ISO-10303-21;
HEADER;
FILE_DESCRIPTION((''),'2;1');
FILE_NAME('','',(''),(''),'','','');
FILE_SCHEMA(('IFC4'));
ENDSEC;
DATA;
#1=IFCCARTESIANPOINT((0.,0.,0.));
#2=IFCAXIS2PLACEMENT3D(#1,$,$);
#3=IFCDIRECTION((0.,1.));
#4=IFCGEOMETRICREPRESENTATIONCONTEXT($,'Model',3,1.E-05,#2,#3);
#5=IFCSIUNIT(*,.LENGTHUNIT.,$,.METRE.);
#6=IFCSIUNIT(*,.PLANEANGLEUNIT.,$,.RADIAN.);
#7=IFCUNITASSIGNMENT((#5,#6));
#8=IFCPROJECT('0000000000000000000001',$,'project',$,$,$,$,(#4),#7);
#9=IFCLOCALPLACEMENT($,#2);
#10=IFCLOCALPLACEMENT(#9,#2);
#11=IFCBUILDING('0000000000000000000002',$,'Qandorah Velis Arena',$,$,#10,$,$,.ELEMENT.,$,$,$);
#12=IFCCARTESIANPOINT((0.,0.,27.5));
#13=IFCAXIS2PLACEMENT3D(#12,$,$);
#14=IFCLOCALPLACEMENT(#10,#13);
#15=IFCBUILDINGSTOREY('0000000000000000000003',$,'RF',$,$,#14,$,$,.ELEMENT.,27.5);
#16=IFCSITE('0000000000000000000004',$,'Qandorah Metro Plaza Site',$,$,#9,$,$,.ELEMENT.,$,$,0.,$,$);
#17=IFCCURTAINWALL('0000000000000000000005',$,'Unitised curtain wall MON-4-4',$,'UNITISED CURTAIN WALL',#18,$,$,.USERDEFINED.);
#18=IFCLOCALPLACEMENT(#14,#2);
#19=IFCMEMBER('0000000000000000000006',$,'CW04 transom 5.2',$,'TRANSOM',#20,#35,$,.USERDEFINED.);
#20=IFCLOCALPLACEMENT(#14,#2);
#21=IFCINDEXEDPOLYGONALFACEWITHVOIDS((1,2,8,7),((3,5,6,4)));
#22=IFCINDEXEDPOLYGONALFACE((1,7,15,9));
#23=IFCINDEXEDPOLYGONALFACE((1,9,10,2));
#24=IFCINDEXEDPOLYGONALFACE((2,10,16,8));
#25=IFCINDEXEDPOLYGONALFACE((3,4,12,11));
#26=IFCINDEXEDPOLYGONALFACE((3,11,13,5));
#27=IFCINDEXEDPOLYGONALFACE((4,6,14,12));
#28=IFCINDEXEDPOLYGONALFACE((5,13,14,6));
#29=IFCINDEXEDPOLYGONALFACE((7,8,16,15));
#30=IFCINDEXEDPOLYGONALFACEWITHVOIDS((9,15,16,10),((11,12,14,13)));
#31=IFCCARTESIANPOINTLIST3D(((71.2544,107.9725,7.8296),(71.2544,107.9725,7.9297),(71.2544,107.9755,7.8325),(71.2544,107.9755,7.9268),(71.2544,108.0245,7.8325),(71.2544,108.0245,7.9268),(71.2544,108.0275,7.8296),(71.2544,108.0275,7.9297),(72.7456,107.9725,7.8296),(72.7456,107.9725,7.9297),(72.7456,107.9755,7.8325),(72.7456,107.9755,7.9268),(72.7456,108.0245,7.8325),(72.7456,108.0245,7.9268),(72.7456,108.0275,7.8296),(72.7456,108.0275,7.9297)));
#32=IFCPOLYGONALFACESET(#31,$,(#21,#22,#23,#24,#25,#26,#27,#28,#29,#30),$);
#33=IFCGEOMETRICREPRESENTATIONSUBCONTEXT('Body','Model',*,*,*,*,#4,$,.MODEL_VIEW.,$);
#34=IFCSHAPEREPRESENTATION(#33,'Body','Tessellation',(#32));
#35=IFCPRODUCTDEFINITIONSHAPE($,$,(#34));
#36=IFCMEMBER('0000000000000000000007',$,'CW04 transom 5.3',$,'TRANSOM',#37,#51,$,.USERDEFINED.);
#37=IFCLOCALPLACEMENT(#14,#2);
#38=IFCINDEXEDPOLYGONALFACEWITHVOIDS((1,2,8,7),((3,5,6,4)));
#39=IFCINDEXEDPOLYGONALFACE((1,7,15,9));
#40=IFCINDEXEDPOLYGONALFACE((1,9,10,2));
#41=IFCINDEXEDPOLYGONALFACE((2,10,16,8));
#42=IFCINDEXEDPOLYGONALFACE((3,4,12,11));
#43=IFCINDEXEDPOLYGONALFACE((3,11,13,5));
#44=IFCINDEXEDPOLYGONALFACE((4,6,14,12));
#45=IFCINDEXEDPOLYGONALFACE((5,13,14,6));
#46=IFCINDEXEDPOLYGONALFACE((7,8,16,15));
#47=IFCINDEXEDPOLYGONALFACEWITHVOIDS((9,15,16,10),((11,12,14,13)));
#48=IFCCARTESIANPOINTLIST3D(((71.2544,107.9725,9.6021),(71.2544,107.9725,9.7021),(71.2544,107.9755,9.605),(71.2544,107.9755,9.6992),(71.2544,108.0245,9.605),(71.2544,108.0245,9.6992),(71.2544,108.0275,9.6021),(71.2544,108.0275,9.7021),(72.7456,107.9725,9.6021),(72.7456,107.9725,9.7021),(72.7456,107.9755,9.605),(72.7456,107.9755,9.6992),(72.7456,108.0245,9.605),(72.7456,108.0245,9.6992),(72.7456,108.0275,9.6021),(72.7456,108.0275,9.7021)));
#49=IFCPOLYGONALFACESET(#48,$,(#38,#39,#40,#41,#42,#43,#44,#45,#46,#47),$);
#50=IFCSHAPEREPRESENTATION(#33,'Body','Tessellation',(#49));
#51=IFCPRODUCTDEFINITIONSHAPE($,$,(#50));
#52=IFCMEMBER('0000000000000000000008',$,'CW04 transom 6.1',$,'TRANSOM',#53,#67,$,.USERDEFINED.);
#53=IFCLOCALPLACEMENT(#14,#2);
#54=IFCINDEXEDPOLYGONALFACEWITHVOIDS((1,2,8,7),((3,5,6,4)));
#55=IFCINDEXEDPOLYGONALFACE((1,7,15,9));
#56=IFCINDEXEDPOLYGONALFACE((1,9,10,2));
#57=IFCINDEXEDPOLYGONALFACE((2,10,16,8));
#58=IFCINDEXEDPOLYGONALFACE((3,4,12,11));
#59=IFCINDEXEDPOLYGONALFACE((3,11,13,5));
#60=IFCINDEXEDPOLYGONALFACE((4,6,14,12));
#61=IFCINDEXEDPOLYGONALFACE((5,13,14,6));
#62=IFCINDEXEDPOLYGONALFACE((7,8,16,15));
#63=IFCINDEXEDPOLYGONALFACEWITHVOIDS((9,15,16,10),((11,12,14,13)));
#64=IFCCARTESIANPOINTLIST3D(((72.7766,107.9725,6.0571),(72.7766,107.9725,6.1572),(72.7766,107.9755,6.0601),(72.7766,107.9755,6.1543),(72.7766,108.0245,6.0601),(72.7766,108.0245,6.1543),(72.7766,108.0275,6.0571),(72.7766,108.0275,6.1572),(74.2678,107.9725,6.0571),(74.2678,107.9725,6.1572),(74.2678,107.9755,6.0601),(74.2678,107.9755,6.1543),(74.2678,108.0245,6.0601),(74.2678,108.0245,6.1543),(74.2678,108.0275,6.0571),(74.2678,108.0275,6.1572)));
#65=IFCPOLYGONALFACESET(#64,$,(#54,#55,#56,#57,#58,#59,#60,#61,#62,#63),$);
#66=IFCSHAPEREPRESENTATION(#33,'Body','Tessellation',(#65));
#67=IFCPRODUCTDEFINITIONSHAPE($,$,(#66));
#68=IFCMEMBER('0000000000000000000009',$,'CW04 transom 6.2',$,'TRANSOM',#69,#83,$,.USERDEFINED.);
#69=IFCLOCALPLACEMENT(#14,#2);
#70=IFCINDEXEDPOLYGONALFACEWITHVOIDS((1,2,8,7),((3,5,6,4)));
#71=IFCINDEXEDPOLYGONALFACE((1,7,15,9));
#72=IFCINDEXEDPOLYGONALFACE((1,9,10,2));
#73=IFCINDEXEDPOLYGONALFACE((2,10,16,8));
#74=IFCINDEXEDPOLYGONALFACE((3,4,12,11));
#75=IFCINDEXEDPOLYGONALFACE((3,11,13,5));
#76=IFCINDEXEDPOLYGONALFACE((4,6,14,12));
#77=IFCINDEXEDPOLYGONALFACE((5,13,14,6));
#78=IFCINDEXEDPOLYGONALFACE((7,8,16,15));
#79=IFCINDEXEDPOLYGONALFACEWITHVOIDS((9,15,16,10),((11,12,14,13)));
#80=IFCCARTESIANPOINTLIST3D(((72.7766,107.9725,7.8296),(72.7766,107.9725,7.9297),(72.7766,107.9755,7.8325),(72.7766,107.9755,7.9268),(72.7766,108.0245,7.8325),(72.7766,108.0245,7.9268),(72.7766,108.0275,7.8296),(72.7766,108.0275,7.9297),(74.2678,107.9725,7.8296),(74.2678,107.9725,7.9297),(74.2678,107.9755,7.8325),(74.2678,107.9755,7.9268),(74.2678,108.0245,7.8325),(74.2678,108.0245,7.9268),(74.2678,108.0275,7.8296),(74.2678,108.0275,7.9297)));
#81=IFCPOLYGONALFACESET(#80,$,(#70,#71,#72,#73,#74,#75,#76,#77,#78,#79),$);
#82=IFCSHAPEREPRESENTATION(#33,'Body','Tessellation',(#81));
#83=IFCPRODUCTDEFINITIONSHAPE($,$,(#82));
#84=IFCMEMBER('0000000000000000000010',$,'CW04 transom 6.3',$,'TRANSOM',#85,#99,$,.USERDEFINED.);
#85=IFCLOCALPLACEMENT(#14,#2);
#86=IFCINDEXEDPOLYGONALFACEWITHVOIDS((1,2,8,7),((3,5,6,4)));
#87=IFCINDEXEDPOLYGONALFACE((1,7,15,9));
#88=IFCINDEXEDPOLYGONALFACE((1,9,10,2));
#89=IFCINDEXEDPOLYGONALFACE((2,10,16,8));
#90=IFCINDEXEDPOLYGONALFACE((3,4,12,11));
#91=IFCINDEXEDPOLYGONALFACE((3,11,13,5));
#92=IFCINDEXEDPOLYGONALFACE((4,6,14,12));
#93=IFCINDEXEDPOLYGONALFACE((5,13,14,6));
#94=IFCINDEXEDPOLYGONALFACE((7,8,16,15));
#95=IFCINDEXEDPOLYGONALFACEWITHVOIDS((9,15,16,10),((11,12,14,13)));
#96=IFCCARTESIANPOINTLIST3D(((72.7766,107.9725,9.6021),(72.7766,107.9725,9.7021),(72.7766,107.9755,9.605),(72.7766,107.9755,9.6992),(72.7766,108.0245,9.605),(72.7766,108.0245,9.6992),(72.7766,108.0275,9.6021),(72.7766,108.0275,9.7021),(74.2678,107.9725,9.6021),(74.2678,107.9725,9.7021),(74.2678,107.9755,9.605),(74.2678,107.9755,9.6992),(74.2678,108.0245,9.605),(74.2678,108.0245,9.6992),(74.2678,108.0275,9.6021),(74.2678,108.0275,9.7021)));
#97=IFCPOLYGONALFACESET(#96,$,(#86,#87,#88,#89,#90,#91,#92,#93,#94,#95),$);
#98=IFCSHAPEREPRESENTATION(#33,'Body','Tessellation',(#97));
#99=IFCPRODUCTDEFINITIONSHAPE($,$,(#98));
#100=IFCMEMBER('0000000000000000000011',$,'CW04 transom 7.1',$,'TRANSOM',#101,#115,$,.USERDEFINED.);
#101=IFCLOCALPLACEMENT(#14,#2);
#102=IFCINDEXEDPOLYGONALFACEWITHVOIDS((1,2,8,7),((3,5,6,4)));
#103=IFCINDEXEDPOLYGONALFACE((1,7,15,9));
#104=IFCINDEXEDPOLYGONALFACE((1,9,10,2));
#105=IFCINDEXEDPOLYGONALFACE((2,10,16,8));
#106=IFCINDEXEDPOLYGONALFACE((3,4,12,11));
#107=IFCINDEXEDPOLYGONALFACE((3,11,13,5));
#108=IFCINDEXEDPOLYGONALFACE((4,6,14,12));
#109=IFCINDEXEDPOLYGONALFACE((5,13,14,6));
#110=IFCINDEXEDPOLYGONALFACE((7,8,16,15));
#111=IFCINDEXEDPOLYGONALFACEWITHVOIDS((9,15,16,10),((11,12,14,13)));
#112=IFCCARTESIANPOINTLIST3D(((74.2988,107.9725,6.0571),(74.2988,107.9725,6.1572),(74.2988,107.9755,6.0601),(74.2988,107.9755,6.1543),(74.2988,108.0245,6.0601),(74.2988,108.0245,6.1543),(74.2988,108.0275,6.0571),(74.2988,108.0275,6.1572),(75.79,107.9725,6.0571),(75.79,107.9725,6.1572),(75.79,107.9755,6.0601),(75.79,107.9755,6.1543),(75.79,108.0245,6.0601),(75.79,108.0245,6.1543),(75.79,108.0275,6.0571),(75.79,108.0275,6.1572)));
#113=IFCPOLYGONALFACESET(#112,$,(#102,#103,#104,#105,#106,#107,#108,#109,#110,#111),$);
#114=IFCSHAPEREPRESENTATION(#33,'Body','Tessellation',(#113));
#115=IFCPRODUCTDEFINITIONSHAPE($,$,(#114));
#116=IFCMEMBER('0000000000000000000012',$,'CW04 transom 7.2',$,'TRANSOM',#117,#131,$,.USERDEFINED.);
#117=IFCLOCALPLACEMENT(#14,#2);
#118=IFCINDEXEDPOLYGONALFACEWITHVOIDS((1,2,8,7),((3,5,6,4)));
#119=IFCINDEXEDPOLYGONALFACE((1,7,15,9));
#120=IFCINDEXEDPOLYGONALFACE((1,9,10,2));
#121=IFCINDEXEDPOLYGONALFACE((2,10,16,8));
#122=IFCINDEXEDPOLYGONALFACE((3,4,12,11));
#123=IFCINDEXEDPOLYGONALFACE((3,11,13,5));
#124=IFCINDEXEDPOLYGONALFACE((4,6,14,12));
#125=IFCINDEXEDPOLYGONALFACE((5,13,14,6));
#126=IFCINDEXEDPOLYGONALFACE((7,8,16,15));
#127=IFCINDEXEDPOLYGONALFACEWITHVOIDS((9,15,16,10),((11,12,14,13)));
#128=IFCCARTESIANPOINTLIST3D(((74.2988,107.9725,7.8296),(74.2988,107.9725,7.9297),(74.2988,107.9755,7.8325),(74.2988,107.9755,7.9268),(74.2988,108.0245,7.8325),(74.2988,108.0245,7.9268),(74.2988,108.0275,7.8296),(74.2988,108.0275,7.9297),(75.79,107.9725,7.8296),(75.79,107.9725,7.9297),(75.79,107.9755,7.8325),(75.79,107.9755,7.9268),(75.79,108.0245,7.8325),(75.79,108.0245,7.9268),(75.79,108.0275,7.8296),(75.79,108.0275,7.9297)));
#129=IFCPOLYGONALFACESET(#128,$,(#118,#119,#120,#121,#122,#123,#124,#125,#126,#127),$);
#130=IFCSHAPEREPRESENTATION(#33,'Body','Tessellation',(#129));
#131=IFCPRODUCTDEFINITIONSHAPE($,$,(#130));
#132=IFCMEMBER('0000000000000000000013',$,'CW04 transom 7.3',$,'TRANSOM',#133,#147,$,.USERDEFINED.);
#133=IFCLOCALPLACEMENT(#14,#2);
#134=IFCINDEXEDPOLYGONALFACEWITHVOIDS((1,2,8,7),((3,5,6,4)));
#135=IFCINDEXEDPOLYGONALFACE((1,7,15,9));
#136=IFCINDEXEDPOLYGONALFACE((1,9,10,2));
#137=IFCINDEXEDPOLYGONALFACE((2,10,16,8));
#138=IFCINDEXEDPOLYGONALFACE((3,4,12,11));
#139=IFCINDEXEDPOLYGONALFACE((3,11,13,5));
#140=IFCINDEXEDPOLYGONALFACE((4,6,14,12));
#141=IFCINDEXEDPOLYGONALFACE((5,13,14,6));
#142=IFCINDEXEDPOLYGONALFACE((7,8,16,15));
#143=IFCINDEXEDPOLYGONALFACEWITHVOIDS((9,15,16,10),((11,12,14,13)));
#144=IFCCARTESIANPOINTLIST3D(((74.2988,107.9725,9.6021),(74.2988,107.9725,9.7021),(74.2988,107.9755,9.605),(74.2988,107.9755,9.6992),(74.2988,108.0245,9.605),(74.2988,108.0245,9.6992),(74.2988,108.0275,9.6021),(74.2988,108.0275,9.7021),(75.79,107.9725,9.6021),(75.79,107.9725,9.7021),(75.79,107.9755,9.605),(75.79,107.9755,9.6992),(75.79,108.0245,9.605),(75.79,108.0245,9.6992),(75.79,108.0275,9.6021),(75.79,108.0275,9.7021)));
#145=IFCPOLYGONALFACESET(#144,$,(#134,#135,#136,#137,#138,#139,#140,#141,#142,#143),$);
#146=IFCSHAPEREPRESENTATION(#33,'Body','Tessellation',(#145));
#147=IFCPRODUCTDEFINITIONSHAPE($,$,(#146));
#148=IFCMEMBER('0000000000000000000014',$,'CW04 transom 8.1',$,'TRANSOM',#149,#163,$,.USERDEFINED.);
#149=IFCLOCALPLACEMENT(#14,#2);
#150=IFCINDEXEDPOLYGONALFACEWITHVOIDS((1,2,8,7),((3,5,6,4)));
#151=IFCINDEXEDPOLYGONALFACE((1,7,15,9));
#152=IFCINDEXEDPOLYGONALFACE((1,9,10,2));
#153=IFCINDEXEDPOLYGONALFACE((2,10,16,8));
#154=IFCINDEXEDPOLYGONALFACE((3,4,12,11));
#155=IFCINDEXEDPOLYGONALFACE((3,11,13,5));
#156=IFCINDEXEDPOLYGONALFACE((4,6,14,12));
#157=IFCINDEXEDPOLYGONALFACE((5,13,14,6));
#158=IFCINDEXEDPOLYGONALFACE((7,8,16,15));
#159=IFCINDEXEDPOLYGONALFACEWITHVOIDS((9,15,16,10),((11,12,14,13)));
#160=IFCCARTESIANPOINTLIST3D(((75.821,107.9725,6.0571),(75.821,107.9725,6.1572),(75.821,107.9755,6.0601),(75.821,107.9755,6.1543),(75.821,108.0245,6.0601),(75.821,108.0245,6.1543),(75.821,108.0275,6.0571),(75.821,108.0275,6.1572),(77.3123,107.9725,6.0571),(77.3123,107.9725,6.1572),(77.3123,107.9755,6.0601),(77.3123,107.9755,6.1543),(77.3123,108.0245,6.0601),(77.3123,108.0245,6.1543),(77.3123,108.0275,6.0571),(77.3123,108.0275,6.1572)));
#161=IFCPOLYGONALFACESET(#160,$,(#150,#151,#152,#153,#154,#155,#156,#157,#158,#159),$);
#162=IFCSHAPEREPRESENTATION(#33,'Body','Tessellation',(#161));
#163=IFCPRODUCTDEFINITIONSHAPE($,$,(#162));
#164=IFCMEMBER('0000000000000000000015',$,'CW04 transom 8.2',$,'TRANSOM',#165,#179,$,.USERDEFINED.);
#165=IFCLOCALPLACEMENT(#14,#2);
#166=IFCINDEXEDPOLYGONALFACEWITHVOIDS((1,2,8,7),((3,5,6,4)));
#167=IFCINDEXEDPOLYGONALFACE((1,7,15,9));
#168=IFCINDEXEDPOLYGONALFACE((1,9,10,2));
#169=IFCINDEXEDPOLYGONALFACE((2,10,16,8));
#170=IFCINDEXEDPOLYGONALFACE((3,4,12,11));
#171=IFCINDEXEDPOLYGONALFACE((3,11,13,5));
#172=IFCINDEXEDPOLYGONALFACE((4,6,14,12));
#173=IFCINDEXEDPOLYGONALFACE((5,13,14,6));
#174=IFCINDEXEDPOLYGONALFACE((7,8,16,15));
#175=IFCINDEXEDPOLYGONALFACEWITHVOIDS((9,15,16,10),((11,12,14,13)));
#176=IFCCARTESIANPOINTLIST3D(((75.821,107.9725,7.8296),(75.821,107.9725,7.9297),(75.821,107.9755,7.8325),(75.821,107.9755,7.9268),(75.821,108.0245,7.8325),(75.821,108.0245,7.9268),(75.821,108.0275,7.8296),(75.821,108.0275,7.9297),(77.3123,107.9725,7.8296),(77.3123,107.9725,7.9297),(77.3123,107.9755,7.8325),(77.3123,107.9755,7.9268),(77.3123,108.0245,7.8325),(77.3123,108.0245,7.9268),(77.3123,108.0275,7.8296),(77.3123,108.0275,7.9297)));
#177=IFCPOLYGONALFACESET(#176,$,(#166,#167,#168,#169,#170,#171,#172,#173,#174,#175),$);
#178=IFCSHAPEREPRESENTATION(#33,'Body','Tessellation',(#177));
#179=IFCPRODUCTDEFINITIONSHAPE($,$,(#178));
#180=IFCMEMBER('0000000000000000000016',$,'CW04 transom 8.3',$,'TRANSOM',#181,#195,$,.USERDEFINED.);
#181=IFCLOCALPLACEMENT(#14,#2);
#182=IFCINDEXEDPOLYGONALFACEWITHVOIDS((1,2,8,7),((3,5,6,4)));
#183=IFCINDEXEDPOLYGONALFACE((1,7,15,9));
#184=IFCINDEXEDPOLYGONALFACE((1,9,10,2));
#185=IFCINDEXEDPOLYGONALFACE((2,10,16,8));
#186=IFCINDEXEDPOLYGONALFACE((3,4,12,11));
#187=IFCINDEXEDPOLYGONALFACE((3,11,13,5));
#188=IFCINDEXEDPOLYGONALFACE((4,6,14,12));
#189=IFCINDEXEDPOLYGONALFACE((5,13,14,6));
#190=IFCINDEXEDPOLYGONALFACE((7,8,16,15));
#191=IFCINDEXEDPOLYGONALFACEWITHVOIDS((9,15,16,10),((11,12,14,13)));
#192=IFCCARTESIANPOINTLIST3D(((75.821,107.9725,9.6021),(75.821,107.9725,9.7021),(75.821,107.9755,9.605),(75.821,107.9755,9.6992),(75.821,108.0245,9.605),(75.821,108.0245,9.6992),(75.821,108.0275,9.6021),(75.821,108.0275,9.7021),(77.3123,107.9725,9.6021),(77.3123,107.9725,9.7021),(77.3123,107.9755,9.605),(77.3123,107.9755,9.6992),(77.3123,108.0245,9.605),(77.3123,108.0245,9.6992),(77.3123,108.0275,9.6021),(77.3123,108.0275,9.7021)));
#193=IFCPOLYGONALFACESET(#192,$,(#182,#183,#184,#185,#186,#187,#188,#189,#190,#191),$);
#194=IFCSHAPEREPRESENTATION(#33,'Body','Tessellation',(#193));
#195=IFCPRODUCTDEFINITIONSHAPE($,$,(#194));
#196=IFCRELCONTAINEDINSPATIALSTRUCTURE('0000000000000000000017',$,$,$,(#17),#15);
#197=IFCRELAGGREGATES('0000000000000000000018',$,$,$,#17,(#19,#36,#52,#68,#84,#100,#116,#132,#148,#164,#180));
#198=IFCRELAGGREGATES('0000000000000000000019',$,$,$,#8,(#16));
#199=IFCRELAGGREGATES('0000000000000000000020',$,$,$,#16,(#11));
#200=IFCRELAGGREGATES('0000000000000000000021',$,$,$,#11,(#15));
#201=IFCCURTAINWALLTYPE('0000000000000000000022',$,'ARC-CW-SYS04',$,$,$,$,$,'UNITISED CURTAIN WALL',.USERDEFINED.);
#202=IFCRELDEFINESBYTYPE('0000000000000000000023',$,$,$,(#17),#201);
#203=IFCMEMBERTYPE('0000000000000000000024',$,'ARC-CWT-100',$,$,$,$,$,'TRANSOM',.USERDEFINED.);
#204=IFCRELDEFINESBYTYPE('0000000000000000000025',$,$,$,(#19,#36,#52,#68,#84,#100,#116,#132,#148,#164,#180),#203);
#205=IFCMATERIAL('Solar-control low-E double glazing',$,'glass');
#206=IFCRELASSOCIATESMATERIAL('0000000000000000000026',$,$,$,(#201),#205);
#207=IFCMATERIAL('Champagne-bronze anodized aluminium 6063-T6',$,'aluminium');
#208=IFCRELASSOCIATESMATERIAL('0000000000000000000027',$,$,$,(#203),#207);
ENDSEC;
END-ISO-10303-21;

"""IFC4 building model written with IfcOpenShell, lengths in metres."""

from ifc_helpers import new_model, si_unit, direction, frame, origin, origin_2d, place, context, subcontext, project, spatial, hollow_rectangle, extrude, material, material_profile, profile_set, type_object, element, aggregate, save


model = new_model("IFC4")

# Units and contexts
model_context = context("Model", 3, precision=1e-05, world=origin(), true_north=direction((0.0, 1.0)))
body_context = subcontext(model_context, "Body", "Model", "MODEL_VIEW")
ifc_project = project(units=[si_unit("LENGTHUNIT", "METRE"), si_unit("PLANEANGLEUNIT", "RADIAN")], contexts=[model_context])

# Site, building, storey
site_placement = place(None, origin())
site = spatial("IfcSite", under=ifc_project, at=site_placement, Name="Qandorah Metro Plaza Site", CompositionType="ELEMENT", RefElevation=0.0)
building_placement = place(site_placement, origin())
building = spatial("IfcBuilding", under=site, at=building_placement, Name="Qandorah Velis Arena", CompositionType="ELEMENT")
storey_placement = place(building_placement, frame((0.0, 0.0, 27.5)))
storey = spatial("IfcBuildingStorey", under=building, at=storey_placement, Name="RF", CompositionType="ELEMENT", Elevation=27.5)

# Curtain wall, members
ifc_material_1 = material(Name="Solar-control low-E double glazing", Category="glass")
curtain_wall_type = type_object("IfcCurtainWallType", Name="ARC-CW-SYS04", ElementType="UNITISED CURTAIN WALL", PredefinedType="USERDEFINED", material=ifc_material_1)
curtain_wall_placement = place(storey_placement, origin())
curtain_wall = element("IfcCurtainWall", 1, at=curtain_wall_placement, inside=storey, type_object=curtain_wall_type, Name="Unitised curtain wall MON-4-4", ObjectType="UNITISED CURTAIN WALL", PredefinedType="USERDEFINED")
ifc_material_2 = material(Name="Champagne-bronze anodized aluminium 6063-T6", Category="aluminium")
ifc_material_profile_1 = material_profile(ifc_material_2, hollow_rectangle(XDim=0.0549, YDim=0.1001, WallThickness=0.0029, at=origin_2d()), Name="ALU TRANSOM 55x100")
ifc_profile_set_1 = profile_set([ifc_material_profile_1], Name="Champagne-bronze anodized aluminium 6063-T6")
member_type_1 = type_object("IfcMemberType", Name="ARC-CWT-100", ElementType="TRANSOM", PredefinedType="USERDEFINED", material=ifc_profile_set_1)
member_1_placement = place(storey_placement, frame((71.2544, 108.0, 7.8796), z_axis=(1.0, 0.0, 0.0), x_axis=(0.0, 1.0, 0.0)))
member_1 = element("IfcMember", 2, at=member_1_placement, type_object=member_type_1, Name="CW04 transom 5.2", ObjectType="TRANSOM", PredefinedType="USERDEFINED", context=body_context, shape_type="SweptSolid", body=[
    extrude(hollow_rectangle(XDim=0.0549, YDim=0.1001, WallThickness=0.0029, at=origin_2d()), origin(), (0.0, 0.0, 1.0), 1.4912),
])
member_2_placement = place(storey_placement, frame((71.2544, 108.0, 9.6521), z_axis=(1.0, 0.0, 0.0), x_axis=(0.0, 1.0, 0.0)))
member_2 = element("IfcMember", 3, at=member_2_placement, type_object=member_type_1, Name="CW04 transom 5.3", ObjectType="TRANSOM", PredefinedType="USERDEFINED", context=body_context, shape_type="SweptSolid", body=[
    extrude(hollow_rectangle(XDim=0.0549, YDim=0.1001, WallThickness=0.0029, at=origin_2d()), origin(), (0.0, 0.0, 1.0), 1.4912),
])
member_3_placement = place(storey_placement, frame((72.7766, 108.0, 6.1072), z_axis=(1.0, 0.0, 0.0), x_axis=(0.0, 1.0, 0.0)))
member_3 = element("IfcMember", 4, at=member_3_placement, type_object=member_type_1, Name="CW04 transom 6.1", ObjectType="TRANSOM", PredefinedType="USERDEFINED", context=body_context, shape_type="SweptSolid", body=[
    extrude(hollow_rectangle(XDim=0.0549, YDim=0.1001, WallThickness=0.0029, at=origin_2d()), origin(), (0.0, 0.0, 1.0), 1.4912),
])
member_4_placement = place(storey_placement, frame((72.7766, 108.0, 7.8796), z_axis=(1.0, 0.0, 0.0), x_axis=(0.0, 1.0, 0.0)))
member_4 = element("IfcMember", 5, at=member_4_placement, type_object=member_type_1, Name="CW04 transom 6.2", ObjectType="TRANSOM", PredefinedType="USERDEFINED", context=body_context, shape_type="SweptSolid", body=[
    extrude(hollow_rectangle(XDim=0.0549, YDim=0.1001, WallThickness=0.0029, at=origin_2d()), origin(), (0.0, 0.0, 1.0), 1.4912),
])
member_5_placement = place(storey_placement, frame((72.7766, 108.0, 9.6521), z_axis=(1.0, 0.0, 0.0), x_axis=(0.0, 1.0, 0.0)))
member_5 = element("IfcMember", 6, at=member_5_placement, type_object=member_type_1, Name="CW04 transom 6.3", ObjectType="TRANSOM", PredefinedType="USERDEFINED", context=body_context, shape_type="SweptSolid", body=[
    extrude(hollow_rectangle(XDim=0.0549, YDim=0.1001, WallThickness=0.0029, at=origin_2d()), origin(), (0.0, 0.0, 1.0), 1.4912),
])
member_6_placement = place(storey_placement, frame((74.2988, 108.0, 6.1072), z_axis=(1.0, 0.0, 0.0), x_axis=(0.0, 1.0, 0.0)))
member_6 = element("IfcMember", 7, at=member_6_placement, type_object=member_type_1, Name="CW04 transom 7.1", ObjectType="TRANSOM", PredefinedType="USERDEFINED", context=body_context, shape_type="SweptSolid", body=[
    extrude(hollow_rectangle(XDim=0.0549, YDim=0.1001, WallThickness=0.0029, at=origin_2d()), origin(), (0.0, 0.0, 1.0), 1.4912),
])
member_7_placement = place(storey_placement, frame((74.2988, 108.0, 7.8796), z_axis=(1.0, 0.0, 0.0), x_axis=(0.0, 1.0, 0.0)))
member_7 = element("IfcMember", 8, at=member_7_placement, type_object=member_type_1, Name="CW04 transom 7.2", ObjectType="TRANSOM", PredefinedType="USERDEFINED", context=body_context, shape_type="SweptSolid", body=[
    extrude(hollow_rectangle(XDim=0.0549, YDim=0.1001, WallThickness=0.0029, at=origin_2d()), origin(), (0.0, 0.0, 1.0), 1.4912),
])
member_8_placement = place(storey_placement, frame((74.2988, 108.0, 9.6521), z_axis=(1.0, 0.0, 0.0), x_axis=(0.0, 1.0, 0.0)))
member_8 = element("IfcMember", 9, at=member_8_placement, type_object=member_type_1, Name="CW04 transom 7.3", ObjectType="TRANSOM", PredefinedType="USERDEFINED", context=body_context, shape_type="SweptSolid", body=[
    extrude(hollow_rectangle(XDim=0.0549, YDim=0.1001, WallThickness=0.0029, at=origin_2d()), origin(), (0.0, 0.0, 1.0), 1.4912),
])
member_9_placement = place(storey_placement, frame((75.821, 108.0, 6.1072), z_axis=(1.0, 0.0, 0.0), x_axis=(0.0, 1.0, 0.0)))
member_9 = element("IfcMember", 10, at=member_9_placement, type_object=member_type_1, Name="CW04 transom 8.1", ObjectType="TRANSOM", PredefinedType="USERDEFINED", context=body_context, shape_type="SweptSolid", body=[
    extrude(hollow_rectangle(XDim=0.0549, YDim=0.1001, WallThickness=0.0029, at=origin_2d()), origin(), (0.0, 0.0, 1.0), 1.4912),
])
member_10_placement = place(storey_placement, frame((75.821, 108.0, 7.8796), z_axis=(1.0, 0.0, 0.0), x_axis=(0.0, 1.0, 0.0)))
member_10 = element("IfcMember", 11, at=member_10_placement, type_object=member_type_1, Name="CW04 transom 8.2", ObjectType="TRANSOM", PredefinedType="USERDEFINED", context=body_context, shape_type="SweptSolid", body=[
    extrude(hollow_rectangle(XDim=0.0549, YDim=0.1001, WallThickness=0.0029, at=origin_2d()), origin(), (0.0, 0.0, 1.0), 1.4912),
])
member_11_placement = place(storey_placement, frame((75.821, 108.0, 9.6521), z_axis=(1.0, 0.0, 0.0), x_axis=(0.0, 1.0, 0.0)))
member_11 = element("IfcMember", 12, at=member_11_placement, type_object=member_type_1, Name="CW04 transom 8.3", ObjectType="TRANSOM", PredefinedType="USERDEFINED", context=body_context, shape_type="SweptSolid", body=[
    extrude(hollow_rectangle(XDim=0.0549, YDim=0.1001, WallThickness=0.0029, at=origin_2d()), origin(), (0.0, 0.0, 1.0), 1.4912),
])

aggregate(curtain_wall, [member_1, member_2, member_3, member_4, member_5, member_6, member_7, member_8, member_9, member_10, member_11])

save(model, "model.ifc")
